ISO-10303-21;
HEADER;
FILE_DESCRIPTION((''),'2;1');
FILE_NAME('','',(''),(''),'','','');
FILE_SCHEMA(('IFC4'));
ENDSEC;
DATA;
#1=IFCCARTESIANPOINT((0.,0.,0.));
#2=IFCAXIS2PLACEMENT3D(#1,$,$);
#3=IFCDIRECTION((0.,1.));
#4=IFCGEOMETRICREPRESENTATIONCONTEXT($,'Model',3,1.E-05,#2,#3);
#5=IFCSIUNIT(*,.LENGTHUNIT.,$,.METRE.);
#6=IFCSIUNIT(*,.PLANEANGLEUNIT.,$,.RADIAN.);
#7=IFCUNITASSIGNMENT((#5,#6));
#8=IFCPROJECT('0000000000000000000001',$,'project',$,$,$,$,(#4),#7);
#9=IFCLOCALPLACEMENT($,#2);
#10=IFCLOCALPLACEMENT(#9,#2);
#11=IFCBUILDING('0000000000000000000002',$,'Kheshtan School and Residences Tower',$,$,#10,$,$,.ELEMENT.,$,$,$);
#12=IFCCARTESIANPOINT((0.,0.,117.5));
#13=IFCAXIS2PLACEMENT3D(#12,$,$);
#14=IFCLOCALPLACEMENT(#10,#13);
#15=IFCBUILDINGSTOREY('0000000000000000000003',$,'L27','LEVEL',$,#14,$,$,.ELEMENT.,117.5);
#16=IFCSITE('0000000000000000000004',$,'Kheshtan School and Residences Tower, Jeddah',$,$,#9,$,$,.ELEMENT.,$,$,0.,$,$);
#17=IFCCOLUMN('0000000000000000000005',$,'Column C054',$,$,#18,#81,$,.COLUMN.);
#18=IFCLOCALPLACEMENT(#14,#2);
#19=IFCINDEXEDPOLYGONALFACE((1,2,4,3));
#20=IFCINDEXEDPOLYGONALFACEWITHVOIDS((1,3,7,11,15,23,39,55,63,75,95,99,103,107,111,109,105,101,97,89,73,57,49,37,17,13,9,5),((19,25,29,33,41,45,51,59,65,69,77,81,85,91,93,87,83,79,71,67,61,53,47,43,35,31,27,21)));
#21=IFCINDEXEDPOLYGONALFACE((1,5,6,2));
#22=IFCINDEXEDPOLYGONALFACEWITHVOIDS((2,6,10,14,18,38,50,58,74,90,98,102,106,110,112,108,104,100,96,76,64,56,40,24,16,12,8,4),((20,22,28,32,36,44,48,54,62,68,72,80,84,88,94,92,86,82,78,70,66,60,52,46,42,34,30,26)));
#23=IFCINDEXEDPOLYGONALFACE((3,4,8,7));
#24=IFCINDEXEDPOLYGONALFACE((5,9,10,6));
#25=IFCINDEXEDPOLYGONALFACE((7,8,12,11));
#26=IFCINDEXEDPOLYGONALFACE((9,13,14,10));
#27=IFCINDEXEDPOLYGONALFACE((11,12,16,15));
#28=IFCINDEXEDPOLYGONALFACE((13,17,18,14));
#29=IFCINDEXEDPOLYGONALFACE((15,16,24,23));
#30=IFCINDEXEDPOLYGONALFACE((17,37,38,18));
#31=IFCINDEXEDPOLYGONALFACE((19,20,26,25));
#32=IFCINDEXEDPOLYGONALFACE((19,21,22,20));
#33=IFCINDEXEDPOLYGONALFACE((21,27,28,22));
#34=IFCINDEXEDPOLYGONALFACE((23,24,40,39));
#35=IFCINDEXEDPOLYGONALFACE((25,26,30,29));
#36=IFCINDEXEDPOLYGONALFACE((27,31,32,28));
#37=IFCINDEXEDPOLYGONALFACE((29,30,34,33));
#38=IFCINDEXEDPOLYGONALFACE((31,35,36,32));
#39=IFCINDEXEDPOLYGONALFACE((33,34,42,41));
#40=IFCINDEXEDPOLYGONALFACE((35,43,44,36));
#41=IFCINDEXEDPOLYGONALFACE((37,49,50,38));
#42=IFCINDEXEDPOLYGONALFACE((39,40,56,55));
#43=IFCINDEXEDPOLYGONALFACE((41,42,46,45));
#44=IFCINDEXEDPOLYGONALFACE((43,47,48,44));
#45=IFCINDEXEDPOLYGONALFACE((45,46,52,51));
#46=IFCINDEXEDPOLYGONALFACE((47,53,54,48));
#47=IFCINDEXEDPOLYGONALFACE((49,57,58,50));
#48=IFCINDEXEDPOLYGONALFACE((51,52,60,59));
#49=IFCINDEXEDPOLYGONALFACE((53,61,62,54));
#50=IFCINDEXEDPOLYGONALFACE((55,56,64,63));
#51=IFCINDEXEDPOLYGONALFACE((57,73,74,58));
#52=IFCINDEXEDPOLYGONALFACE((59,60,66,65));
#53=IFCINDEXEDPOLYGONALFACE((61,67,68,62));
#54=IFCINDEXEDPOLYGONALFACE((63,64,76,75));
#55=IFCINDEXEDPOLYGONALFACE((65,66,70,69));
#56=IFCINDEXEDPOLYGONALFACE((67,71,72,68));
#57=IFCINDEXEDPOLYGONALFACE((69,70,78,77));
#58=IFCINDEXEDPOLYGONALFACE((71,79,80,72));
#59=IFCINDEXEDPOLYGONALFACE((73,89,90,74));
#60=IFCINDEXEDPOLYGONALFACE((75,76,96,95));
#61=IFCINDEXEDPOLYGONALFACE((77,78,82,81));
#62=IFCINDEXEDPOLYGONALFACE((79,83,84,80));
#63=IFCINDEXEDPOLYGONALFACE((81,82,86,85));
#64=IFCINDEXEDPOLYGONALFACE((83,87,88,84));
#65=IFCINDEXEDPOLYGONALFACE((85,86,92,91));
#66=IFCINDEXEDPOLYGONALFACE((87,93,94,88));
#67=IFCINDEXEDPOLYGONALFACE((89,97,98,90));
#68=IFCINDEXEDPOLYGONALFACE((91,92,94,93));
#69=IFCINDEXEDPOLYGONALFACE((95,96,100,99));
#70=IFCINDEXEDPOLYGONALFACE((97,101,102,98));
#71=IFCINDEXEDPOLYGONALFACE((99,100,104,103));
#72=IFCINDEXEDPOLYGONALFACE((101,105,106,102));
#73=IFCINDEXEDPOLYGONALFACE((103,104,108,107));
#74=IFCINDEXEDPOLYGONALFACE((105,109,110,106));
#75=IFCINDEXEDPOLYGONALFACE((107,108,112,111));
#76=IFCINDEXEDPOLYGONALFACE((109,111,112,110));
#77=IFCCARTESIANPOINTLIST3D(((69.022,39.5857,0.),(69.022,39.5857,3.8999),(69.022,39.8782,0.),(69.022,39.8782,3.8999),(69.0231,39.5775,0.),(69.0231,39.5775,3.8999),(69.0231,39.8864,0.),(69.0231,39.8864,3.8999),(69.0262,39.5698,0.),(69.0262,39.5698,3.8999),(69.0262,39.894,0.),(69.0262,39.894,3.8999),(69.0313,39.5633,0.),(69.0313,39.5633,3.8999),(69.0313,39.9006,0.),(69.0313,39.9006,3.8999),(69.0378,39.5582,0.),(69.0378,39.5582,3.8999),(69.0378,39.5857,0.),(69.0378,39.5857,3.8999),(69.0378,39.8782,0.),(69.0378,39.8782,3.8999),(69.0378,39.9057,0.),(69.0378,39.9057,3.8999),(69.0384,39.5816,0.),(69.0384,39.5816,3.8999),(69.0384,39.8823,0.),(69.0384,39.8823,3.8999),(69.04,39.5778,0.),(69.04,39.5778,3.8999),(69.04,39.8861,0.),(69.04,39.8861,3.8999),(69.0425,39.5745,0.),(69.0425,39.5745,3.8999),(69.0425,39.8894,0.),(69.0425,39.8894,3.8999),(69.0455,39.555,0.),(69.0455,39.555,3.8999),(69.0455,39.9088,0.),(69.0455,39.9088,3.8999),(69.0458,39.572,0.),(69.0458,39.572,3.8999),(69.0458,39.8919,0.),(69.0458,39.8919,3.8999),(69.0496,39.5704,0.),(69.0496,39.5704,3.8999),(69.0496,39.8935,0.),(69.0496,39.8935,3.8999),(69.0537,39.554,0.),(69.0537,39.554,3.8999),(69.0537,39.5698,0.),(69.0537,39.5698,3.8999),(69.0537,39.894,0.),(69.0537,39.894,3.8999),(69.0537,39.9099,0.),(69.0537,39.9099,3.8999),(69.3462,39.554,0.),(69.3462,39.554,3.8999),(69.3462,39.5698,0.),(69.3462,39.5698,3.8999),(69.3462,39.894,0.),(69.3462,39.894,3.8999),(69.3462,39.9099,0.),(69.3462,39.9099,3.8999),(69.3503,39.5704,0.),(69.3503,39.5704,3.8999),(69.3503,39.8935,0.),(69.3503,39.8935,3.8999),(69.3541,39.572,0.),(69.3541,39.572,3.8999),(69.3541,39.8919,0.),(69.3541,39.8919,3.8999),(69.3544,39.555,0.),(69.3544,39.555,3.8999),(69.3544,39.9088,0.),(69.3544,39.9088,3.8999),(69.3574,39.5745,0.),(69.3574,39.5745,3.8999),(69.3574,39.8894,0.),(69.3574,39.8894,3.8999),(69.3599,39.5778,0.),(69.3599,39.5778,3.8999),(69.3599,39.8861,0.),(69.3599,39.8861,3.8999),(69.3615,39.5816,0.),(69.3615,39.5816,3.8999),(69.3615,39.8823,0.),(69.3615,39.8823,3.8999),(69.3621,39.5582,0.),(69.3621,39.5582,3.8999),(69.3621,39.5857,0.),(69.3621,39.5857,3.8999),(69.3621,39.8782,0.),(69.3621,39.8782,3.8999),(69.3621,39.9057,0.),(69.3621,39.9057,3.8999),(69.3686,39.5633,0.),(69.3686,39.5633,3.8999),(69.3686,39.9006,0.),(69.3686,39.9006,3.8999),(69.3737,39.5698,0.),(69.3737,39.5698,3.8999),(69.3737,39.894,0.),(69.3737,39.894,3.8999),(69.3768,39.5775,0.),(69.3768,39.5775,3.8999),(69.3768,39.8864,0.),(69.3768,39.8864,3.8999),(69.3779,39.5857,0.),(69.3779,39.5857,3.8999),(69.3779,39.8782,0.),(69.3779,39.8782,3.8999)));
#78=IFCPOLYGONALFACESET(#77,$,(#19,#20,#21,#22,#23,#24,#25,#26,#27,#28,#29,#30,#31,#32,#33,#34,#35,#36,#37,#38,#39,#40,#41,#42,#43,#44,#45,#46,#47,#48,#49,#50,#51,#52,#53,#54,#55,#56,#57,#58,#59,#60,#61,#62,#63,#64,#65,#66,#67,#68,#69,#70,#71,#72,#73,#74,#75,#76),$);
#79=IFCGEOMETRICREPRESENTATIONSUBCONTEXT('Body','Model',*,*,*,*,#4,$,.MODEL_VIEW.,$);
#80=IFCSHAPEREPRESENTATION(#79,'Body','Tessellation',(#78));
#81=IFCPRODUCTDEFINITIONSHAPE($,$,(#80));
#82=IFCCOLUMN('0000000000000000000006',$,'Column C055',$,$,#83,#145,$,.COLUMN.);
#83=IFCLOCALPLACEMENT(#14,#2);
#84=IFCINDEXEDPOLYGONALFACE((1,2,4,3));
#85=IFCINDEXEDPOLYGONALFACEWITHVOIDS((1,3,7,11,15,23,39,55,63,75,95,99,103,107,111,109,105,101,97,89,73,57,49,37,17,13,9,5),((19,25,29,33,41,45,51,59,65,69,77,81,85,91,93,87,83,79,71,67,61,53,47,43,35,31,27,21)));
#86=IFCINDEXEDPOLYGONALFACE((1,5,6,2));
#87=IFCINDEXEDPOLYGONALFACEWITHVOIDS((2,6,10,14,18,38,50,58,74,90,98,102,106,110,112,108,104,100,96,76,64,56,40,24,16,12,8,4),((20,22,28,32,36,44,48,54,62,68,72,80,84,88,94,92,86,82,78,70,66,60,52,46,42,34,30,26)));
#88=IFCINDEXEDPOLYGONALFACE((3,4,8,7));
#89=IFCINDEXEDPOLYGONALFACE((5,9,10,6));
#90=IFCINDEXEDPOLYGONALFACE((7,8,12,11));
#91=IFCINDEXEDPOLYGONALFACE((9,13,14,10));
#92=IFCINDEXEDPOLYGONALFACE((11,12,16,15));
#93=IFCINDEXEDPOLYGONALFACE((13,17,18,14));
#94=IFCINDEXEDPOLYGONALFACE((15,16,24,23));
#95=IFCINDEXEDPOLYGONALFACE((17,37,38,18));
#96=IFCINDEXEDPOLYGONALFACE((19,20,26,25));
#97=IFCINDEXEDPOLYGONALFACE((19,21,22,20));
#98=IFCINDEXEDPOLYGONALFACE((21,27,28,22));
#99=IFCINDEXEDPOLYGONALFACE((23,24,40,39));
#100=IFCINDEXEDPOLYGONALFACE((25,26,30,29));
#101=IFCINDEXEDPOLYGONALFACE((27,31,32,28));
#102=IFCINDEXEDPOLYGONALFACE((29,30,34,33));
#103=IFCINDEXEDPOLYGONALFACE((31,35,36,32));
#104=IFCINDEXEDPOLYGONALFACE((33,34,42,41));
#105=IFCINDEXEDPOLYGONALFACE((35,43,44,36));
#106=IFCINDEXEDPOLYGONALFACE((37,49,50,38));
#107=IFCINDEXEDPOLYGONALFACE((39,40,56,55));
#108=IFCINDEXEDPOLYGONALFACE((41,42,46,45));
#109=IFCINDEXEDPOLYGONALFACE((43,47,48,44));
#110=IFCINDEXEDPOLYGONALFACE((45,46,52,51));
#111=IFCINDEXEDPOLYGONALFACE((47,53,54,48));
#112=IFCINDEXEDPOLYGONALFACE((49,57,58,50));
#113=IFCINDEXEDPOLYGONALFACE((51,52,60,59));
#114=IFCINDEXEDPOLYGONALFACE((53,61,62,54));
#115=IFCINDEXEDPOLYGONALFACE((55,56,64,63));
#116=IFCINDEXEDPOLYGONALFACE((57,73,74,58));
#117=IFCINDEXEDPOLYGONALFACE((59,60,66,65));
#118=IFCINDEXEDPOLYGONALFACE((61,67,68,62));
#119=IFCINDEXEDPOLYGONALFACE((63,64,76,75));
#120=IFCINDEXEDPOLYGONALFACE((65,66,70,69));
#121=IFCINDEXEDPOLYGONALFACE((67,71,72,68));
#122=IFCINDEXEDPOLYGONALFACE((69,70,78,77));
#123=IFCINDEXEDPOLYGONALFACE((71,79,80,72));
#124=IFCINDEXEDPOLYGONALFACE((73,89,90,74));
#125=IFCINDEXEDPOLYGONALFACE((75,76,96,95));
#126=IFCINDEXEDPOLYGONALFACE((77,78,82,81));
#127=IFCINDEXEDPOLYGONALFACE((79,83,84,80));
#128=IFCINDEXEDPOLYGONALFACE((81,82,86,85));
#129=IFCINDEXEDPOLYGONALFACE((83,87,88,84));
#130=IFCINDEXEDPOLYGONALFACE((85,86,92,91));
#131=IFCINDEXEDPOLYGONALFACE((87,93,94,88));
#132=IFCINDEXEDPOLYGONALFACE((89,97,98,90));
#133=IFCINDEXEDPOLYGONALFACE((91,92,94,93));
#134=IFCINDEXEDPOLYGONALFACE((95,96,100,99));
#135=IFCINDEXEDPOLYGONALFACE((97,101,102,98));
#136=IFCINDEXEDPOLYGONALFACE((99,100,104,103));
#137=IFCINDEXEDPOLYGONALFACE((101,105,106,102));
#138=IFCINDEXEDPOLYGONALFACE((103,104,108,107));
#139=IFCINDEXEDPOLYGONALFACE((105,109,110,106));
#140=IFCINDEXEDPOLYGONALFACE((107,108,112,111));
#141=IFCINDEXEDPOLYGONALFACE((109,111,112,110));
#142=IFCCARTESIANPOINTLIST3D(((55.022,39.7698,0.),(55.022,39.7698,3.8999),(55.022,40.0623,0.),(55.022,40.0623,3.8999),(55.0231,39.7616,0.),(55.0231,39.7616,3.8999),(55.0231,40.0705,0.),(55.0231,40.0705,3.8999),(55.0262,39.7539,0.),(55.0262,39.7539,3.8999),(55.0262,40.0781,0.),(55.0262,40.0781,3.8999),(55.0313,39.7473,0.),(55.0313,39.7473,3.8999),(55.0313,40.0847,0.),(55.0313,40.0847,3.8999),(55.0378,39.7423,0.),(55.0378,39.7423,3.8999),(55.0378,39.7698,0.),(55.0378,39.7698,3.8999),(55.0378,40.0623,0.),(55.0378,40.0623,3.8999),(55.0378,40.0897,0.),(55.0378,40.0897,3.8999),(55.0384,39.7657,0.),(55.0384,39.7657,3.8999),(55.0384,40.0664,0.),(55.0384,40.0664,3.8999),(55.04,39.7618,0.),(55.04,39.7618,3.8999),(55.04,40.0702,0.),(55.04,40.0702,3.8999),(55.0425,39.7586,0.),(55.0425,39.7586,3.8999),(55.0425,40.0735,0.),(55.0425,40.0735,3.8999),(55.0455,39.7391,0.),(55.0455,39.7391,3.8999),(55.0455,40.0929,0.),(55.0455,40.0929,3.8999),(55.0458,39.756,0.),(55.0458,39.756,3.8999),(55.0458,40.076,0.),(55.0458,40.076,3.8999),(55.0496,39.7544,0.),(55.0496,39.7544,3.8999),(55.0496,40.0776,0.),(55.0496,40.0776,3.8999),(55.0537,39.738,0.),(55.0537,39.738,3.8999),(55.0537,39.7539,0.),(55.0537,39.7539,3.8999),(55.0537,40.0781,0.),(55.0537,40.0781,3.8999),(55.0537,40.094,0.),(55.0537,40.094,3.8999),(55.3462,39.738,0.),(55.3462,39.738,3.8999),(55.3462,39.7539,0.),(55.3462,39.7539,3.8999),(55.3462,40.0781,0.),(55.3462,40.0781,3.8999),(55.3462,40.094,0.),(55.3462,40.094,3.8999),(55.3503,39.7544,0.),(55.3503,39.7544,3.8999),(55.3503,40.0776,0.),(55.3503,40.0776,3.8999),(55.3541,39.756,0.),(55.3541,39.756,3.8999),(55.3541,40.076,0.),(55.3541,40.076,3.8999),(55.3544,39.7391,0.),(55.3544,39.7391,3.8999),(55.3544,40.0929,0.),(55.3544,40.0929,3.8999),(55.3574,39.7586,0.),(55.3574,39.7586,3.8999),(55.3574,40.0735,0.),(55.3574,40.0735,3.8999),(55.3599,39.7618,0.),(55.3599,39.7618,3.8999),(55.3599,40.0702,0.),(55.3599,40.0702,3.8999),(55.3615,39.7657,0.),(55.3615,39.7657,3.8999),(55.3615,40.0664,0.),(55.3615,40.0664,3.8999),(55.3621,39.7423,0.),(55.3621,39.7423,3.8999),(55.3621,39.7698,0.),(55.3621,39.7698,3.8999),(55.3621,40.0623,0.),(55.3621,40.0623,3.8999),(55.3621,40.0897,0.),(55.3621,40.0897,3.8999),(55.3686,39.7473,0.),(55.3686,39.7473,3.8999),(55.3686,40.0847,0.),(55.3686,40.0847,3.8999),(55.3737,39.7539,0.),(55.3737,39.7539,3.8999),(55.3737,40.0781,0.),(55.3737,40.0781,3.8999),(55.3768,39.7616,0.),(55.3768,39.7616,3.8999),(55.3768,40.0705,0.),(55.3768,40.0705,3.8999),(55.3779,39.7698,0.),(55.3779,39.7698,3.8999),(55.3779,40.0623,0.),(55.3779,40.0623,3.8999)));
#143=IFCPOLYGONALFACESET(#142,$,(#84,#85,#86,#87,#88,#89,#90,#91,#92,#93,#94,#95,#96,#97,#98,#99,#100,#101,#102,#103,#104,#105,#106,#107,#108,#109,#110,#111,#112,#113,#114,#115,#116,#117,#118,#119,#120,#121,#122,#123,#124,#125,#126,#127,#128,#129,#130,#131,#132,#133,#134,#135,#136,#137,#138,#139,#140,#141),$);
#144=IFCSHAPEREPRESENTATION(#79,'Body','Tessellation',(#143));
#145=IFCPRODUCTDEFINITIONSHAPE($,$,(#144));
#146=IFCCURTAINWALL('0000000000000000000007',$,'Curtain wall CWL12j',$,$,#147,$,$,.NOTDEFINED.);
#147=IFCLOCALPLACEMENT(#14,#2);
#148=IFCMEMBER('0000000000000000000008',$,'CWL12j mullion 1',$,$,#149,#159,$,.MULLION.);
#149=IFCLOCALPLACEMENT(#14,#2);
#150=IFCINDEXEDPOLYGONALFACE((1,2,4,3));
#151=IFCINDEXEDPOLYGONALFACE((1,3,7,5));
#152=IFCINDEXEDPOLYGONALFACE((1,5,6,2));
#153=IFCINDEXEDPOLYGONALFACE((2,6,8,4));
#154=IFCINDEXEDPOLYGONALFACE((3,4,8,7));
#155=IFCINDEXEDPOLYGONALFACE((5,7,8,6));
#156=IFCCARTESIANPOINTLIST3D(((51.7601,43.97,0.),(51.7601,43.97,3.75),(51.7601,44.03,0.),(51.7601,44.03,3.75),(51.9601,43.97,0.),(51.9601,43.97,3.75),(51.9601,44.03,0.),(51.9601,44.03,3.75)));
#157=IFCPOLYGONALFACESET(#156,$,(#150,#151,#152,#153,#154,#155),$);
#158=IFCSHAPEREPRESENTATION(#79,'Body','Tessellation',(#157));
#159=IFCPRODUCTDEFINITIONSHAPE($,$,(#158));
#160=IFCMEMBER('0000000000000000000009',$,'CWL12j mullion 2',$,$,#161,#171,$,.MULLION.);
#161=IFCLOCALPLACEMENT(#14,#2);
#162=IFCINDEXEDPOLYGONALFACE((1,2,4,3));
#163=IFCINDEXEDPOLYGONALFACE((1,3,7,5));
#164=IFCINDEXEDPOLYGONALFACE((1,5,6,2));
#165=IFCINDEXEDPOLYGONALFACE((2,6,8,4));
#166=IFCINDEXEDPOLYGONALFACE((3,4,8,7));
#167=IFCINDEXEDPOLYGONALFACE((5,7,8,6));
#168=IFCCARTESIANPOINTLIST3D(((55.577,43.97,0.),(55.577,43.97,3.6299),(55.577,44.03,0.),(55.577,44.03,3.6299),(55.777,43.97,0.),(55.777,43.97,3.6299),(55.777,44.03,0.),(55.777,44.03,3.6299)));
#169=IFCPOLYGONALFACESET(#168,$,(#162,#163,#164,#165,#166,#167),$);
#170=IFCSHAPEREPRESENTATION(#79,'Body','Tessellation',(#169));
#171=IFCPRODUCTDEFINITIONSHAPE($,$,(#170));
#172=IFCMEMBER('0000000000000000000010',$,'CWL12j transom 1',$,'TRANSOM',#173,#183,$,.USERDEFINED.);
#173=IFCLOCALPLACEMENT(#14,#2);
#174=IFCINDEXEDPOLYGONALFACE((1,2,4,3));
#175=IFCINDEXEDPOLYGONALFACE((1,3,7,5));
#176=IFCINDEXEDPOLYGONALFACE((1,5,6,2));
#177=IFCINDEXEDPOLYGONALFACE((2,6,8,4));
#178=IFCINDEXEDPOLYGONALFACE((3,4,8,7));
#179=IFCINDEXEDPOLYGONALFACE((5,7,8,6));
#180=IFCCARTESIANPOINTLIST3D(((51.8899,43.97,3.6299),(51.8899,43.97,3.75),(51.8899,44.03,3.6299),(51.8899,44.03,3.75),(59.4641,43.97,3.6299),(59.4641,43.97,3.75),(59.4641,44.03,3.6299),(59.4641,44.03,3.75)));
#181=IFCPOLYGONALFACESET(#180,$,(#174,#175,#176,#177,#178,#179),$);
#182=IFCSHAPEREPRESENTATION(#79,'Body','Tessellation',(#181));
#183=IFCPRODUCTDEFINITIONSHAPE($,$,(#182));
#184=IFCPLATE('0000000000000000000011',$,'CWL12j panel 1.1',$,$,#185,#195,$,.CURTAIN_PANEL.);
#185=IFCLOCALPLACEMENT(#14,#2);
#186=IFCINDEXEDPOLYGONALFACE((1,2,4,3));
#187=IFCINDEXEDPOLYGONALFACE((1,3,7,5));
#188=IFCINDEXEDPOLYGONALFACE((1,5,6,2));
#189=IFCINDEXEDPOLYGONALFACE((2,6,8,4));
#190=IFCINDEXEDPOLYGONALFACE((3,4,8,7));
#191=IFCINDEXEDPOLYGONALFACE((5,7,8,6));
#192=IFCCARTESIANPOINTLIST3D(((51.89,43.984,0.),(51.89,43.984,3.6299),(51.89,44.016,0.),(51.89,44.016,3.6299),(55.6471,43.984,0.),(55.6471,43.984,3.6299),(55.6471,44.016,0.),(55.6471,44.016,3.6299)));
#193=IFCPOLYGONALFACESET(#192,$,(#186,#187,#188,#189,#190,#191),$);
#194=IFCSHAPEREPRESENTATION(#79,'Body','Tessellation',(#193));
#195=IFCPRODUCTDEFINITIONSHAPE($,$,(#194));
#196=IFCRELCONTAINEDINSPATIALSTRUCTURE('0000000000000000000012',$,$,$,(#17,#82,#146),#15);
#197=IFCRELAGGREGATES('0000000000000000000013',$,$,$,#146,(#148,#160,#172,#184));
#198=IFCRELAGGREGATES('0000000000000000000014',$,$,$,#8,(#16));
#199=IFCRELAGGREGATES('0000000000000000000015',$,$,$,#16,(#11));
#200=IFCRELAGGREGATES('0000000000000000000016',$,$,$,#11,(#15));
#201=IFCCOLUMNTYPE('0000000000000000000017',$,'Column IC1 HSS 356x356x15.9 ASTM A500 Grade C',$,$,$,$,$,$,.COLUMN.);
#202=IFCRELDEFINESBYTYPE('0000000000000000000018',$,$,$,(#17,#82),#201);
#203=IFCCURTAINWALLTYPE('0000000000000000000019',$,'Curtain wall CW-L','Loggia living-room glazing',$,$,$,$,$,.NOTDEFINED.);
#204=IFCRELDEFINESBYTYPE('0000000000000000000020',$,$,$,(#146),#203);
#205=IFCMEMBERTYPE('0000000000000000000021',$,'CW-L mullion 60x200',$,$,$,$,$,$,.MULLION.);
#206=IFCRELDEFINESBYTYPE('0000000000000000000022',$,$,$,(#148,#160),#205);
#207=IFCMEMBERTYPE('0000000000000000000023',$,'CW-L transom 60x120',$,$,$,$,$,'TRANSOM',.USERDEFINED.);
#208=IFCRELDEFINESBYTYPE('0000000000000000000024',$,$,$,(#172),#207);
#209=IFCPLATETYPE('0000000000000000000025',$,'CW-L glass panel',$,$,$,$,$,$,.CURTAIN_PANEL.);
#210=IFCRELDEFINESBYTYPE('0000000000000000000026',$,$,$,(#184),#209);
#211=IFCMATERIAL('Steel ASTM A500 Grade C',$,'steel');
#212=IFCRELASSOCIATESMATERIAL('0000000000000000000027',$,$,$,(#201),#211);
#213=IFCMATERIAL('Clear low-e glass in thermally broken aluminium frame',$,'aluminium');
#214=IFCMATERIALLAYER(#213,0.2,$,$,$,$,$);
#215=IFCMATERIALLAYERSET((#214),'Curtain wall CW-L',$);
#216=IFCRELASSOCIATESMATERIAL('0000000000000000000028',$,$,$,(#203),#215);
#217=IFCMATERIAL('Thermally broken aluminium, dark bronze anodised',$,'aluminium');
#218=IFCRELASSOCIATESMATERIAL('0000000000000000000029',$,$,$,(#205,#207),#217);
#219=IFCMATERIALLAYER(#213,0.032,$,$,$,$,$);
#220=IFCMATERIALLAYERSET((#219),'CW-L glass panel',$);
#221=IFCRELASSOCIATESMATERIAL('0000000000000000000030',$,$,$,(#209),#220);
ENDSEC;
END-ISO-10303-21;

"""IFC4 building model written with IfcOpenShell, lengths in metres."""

from ifc_helpers import new_model, si_unit, direction, frame, origin, origin_2d, place, context, subcontext, project, spatial, rectangle, hollow_rectangle, extrude, material, layer, layer_set, material_profile, profile_set, type_object, element, aggregate, save


model = new_model("IFC4")

# Units and contexts
model_context = context("Model", 3, precision=1e-05, world=origin(), true_north=direction((0.0, 1.0)))
body_context = subcontext(model_context, "Body", "Model", "MODEL_VIEW")
ifc_project = project(units=[si_unit("LENGTHUNIT", "METRE"), si_unit("PLANEANGLEUNIT", "RADIAN")], contexts=[model_context])

# Site, building, storey
site_placement = place(None, origin())
site = spatial("IfcSite", under=ifc_project, at=site_placement, Name="Kheshtan School and Residences Tower, Jeddah", CompositionType="ELEMENT", RefElevation=0.0)
building_placement = place(site_placement, origin())
building = spatial("IfcBuilding", under=site, at=building_placement, Name="Kheshtan School and Residences Tower", CompositionType="ELEMENT")
storey_placement = place(building_placement, frame((0.0, 0.0, 117.5)))
storey = spatial("IfcBuildingStorey", under=building, at=storey_placement, Name="L27", Description="LEVEL", CompositionType="ELEMENT", Elevation=117.5)

# Columns
ifc_material_1 = material(Name="Steel ASTM A500 Grade C", Category="steel")
ifc_material_profile_1 = material_profile(ifc_material_1, hollow_rectangle(XDim=0.356, YDim=0.356, WallThickness=0.0159, InnerFilletRadius=0.0159, OuterFilletRadius=0.0317, at=origin_2d()), Name="HSS 356x356x15.9")
ifc_profile_set_1 = profile_set([ifc_material_profile_1], Name="Steel ASTM A500 Grade C")
column_type = type_object("IfcColumnType", Name="Column IC1 HSS 356x356x15.9 ASTM A500 Grade C", PredefinedType="COLUMN", material=ifc_profile_set_1)
for number, where, z_axis, x_axis, name in (
    (1, (69.2, 39.7319, 0.0), (0.0, 0.0, 1.0), (1.0, 0.0, 0.0), "Column C054"),
    (2, (55.2, 39.916, 0.0), (0.0, 0.0, 1.0), (1.0, 0.0, 0.0), "Column C055"),
):
    element("IfcColumn", number, at=place(storey_placement, frame(where, z_axis=z_axis, x_axis=x_axis)), inside=storey, type_object=column_type, Name=name, PredefinedType="COLUMN", context=body_context, shape_type="SweptSolid", body=[
        extrude(hollow_rectangle(XDim=0.356, YDim=0.356, WallThickness=0.0159, InnerFilletRadius=0.0159, OuterFilletRadius=0.0317, at=origin_2d()), origin(), (0.0, 0.0, 1.0), 3.8999),
    ])

# Curtain wall, members, plate
ifc_material_2 = material(Name="Clear low-e glass in thermally broken aluminium frame", Category="aluminium")
ifc_layer_1 = layer(ifc_material_2, 0.2)
ifc_layer_set_1 = layer_set([ifc_layer_1], Name="Curtain wall CW-L")
curtain_wall_type = type_object("IfcCurtainWallType", Name="Curtain wall CW-L", Description="Loggia living-room glazing", PredefinedType="NOTDEFINED", material=ifc_layer_set_1)
curtain_wall_placement = place(storey_placement, origin())
curtain_wall = element("IfcCurtainWall", 3, at=curtain_wall_placement, inside=storey, type_object=curtain_wall_type, Name="Curtain wall CWL12j", PredefinedType="NOTDEFINED")
ifc_material_3 = material(Name="Thermally broken aluminium, dark bronze anodised", Category="aluminium")
ifc_material_profile_2 = material_profile(ifc_material_3, rectangle(XDim=0.0601, YDim=0.2, at=origin_2d()), Name="CW-L mullion 60x200")
ifc_profile_set_2 = profile_set([ifc_material_profile_2], Name="Thermally broken aluminium, dark bronze anodised")
member_type_1 = type_object("IfcMemberType", Name="CW-L mullion 60x200", PredefinedType="MULLION", material=ifc_profile_set_2)
member_1_placement = place(storey_placement, frame((51.8601, 44.0, 0.0), z_axis=(0.0, 0.0, 1.0), x_axis=(0.0, 1.0, 0.0)))
member_1 = element("IfcMember", 4, at=member_1_placement, type_object=member_type_1, Name="CWL12j mullion 1", PredefinedType="MULLION", context=body_context, shape_type="SweptSolid", body=[
    extrude(rectangle(XDim=0.0601, YDim=0.2, at=origin_2d()), origin(), (0.0, 0.0, 1.0), 3.75),
])
member_2_placement = place(storey_placement, frame((55.677, 44.0, 0.0), z_axis=(0.0, 0.0, 1.0), x_axis=(0.0, 1.0, 0.0)))
member_2 = element("IfcMember", 5, at=member_2_placement, type_object=member_type_1, Name="CWL12j mullion 2", PredefinedType="MULLION", context=body_context, shape_type="SweptSolid", body=[
    extrude(rectangle(XDim=0.0601, YDim=0.2, at=origin_2d()), origin(), (0.0, 0.0, 1.0), 3.6299),
])
ifc_material_profile_3 = material_profile(ifc_material_3, rectangle(XDim=0.0601, YDim=0.1201, at=origin_2d()), Name="CW-L transom 60x120")
ifc_profile_set_3 = profile_set([ifc_material_profile_3], Name="Thermally broken aluminium, dark bronze anodised")
member_type_2 = type_object("IfcMemberType", Name="CW-L transom 60x120", ElementType="TRANSOM", PredefinedType="USERDEFINED", material=ifc_profile_set_3)
member_3_placement = place(storey_placement, frame((51.8899, 44.0, 3.6899), z_axis=(1.0, 0.0, 0.0), x_axis=(0.0, 1.0, 0.0)))
member_3 = element("IfcMember", 6, at=member_3_placement, type_object=member_type_2, Name="CWL12j transom 1", ObjectType="TRANSOM", PredefinedType="USERDEFINED", context=body_context, shape_type="SweptSolid", body=[
    extrude(rectangle(XDim=0.0601, YDim=0.1201, at=origin_2d()), origin(), (0.0, 0.0, 1.0), 7.5742),
])
ifc_layer_2 = layer(ifc_material_2, 0.032)
ifc_layer_set_2 = layer_set([ifc_layer_2], Name="CW-L glass panel")
plate_type = type_object("IfcPlateType", Name="CW-L glass panel", PredefinedType="CURTAIN_PANEL", material=ifc_layer_set_2)
plate_1_placement = place(storey_placement, frame((53.7686, 44.0, 0.0), z_axis=(0.0, 0.0, 1.0), x_axis=(1.0, 0.0, 0.0)))
plate_1 = element("IfcPlate", 7, at=plate_1_placement, type_object=plate_type, Name="CWL12j panel 1.1", PredefinedType="CURTAIN_PANEL", context=body_context, shape_type="SweptSolid", body=[
    extrude(rectangle(XDim=3.7571, YDim=0.032, at=origin_2d()), origin(), (0.0, 0.0, 1.0), 3.6299),
])
aggregate(curtain_wall, [member_1, member_2, member_3, plate_1])

save(model, "model.ifc")
